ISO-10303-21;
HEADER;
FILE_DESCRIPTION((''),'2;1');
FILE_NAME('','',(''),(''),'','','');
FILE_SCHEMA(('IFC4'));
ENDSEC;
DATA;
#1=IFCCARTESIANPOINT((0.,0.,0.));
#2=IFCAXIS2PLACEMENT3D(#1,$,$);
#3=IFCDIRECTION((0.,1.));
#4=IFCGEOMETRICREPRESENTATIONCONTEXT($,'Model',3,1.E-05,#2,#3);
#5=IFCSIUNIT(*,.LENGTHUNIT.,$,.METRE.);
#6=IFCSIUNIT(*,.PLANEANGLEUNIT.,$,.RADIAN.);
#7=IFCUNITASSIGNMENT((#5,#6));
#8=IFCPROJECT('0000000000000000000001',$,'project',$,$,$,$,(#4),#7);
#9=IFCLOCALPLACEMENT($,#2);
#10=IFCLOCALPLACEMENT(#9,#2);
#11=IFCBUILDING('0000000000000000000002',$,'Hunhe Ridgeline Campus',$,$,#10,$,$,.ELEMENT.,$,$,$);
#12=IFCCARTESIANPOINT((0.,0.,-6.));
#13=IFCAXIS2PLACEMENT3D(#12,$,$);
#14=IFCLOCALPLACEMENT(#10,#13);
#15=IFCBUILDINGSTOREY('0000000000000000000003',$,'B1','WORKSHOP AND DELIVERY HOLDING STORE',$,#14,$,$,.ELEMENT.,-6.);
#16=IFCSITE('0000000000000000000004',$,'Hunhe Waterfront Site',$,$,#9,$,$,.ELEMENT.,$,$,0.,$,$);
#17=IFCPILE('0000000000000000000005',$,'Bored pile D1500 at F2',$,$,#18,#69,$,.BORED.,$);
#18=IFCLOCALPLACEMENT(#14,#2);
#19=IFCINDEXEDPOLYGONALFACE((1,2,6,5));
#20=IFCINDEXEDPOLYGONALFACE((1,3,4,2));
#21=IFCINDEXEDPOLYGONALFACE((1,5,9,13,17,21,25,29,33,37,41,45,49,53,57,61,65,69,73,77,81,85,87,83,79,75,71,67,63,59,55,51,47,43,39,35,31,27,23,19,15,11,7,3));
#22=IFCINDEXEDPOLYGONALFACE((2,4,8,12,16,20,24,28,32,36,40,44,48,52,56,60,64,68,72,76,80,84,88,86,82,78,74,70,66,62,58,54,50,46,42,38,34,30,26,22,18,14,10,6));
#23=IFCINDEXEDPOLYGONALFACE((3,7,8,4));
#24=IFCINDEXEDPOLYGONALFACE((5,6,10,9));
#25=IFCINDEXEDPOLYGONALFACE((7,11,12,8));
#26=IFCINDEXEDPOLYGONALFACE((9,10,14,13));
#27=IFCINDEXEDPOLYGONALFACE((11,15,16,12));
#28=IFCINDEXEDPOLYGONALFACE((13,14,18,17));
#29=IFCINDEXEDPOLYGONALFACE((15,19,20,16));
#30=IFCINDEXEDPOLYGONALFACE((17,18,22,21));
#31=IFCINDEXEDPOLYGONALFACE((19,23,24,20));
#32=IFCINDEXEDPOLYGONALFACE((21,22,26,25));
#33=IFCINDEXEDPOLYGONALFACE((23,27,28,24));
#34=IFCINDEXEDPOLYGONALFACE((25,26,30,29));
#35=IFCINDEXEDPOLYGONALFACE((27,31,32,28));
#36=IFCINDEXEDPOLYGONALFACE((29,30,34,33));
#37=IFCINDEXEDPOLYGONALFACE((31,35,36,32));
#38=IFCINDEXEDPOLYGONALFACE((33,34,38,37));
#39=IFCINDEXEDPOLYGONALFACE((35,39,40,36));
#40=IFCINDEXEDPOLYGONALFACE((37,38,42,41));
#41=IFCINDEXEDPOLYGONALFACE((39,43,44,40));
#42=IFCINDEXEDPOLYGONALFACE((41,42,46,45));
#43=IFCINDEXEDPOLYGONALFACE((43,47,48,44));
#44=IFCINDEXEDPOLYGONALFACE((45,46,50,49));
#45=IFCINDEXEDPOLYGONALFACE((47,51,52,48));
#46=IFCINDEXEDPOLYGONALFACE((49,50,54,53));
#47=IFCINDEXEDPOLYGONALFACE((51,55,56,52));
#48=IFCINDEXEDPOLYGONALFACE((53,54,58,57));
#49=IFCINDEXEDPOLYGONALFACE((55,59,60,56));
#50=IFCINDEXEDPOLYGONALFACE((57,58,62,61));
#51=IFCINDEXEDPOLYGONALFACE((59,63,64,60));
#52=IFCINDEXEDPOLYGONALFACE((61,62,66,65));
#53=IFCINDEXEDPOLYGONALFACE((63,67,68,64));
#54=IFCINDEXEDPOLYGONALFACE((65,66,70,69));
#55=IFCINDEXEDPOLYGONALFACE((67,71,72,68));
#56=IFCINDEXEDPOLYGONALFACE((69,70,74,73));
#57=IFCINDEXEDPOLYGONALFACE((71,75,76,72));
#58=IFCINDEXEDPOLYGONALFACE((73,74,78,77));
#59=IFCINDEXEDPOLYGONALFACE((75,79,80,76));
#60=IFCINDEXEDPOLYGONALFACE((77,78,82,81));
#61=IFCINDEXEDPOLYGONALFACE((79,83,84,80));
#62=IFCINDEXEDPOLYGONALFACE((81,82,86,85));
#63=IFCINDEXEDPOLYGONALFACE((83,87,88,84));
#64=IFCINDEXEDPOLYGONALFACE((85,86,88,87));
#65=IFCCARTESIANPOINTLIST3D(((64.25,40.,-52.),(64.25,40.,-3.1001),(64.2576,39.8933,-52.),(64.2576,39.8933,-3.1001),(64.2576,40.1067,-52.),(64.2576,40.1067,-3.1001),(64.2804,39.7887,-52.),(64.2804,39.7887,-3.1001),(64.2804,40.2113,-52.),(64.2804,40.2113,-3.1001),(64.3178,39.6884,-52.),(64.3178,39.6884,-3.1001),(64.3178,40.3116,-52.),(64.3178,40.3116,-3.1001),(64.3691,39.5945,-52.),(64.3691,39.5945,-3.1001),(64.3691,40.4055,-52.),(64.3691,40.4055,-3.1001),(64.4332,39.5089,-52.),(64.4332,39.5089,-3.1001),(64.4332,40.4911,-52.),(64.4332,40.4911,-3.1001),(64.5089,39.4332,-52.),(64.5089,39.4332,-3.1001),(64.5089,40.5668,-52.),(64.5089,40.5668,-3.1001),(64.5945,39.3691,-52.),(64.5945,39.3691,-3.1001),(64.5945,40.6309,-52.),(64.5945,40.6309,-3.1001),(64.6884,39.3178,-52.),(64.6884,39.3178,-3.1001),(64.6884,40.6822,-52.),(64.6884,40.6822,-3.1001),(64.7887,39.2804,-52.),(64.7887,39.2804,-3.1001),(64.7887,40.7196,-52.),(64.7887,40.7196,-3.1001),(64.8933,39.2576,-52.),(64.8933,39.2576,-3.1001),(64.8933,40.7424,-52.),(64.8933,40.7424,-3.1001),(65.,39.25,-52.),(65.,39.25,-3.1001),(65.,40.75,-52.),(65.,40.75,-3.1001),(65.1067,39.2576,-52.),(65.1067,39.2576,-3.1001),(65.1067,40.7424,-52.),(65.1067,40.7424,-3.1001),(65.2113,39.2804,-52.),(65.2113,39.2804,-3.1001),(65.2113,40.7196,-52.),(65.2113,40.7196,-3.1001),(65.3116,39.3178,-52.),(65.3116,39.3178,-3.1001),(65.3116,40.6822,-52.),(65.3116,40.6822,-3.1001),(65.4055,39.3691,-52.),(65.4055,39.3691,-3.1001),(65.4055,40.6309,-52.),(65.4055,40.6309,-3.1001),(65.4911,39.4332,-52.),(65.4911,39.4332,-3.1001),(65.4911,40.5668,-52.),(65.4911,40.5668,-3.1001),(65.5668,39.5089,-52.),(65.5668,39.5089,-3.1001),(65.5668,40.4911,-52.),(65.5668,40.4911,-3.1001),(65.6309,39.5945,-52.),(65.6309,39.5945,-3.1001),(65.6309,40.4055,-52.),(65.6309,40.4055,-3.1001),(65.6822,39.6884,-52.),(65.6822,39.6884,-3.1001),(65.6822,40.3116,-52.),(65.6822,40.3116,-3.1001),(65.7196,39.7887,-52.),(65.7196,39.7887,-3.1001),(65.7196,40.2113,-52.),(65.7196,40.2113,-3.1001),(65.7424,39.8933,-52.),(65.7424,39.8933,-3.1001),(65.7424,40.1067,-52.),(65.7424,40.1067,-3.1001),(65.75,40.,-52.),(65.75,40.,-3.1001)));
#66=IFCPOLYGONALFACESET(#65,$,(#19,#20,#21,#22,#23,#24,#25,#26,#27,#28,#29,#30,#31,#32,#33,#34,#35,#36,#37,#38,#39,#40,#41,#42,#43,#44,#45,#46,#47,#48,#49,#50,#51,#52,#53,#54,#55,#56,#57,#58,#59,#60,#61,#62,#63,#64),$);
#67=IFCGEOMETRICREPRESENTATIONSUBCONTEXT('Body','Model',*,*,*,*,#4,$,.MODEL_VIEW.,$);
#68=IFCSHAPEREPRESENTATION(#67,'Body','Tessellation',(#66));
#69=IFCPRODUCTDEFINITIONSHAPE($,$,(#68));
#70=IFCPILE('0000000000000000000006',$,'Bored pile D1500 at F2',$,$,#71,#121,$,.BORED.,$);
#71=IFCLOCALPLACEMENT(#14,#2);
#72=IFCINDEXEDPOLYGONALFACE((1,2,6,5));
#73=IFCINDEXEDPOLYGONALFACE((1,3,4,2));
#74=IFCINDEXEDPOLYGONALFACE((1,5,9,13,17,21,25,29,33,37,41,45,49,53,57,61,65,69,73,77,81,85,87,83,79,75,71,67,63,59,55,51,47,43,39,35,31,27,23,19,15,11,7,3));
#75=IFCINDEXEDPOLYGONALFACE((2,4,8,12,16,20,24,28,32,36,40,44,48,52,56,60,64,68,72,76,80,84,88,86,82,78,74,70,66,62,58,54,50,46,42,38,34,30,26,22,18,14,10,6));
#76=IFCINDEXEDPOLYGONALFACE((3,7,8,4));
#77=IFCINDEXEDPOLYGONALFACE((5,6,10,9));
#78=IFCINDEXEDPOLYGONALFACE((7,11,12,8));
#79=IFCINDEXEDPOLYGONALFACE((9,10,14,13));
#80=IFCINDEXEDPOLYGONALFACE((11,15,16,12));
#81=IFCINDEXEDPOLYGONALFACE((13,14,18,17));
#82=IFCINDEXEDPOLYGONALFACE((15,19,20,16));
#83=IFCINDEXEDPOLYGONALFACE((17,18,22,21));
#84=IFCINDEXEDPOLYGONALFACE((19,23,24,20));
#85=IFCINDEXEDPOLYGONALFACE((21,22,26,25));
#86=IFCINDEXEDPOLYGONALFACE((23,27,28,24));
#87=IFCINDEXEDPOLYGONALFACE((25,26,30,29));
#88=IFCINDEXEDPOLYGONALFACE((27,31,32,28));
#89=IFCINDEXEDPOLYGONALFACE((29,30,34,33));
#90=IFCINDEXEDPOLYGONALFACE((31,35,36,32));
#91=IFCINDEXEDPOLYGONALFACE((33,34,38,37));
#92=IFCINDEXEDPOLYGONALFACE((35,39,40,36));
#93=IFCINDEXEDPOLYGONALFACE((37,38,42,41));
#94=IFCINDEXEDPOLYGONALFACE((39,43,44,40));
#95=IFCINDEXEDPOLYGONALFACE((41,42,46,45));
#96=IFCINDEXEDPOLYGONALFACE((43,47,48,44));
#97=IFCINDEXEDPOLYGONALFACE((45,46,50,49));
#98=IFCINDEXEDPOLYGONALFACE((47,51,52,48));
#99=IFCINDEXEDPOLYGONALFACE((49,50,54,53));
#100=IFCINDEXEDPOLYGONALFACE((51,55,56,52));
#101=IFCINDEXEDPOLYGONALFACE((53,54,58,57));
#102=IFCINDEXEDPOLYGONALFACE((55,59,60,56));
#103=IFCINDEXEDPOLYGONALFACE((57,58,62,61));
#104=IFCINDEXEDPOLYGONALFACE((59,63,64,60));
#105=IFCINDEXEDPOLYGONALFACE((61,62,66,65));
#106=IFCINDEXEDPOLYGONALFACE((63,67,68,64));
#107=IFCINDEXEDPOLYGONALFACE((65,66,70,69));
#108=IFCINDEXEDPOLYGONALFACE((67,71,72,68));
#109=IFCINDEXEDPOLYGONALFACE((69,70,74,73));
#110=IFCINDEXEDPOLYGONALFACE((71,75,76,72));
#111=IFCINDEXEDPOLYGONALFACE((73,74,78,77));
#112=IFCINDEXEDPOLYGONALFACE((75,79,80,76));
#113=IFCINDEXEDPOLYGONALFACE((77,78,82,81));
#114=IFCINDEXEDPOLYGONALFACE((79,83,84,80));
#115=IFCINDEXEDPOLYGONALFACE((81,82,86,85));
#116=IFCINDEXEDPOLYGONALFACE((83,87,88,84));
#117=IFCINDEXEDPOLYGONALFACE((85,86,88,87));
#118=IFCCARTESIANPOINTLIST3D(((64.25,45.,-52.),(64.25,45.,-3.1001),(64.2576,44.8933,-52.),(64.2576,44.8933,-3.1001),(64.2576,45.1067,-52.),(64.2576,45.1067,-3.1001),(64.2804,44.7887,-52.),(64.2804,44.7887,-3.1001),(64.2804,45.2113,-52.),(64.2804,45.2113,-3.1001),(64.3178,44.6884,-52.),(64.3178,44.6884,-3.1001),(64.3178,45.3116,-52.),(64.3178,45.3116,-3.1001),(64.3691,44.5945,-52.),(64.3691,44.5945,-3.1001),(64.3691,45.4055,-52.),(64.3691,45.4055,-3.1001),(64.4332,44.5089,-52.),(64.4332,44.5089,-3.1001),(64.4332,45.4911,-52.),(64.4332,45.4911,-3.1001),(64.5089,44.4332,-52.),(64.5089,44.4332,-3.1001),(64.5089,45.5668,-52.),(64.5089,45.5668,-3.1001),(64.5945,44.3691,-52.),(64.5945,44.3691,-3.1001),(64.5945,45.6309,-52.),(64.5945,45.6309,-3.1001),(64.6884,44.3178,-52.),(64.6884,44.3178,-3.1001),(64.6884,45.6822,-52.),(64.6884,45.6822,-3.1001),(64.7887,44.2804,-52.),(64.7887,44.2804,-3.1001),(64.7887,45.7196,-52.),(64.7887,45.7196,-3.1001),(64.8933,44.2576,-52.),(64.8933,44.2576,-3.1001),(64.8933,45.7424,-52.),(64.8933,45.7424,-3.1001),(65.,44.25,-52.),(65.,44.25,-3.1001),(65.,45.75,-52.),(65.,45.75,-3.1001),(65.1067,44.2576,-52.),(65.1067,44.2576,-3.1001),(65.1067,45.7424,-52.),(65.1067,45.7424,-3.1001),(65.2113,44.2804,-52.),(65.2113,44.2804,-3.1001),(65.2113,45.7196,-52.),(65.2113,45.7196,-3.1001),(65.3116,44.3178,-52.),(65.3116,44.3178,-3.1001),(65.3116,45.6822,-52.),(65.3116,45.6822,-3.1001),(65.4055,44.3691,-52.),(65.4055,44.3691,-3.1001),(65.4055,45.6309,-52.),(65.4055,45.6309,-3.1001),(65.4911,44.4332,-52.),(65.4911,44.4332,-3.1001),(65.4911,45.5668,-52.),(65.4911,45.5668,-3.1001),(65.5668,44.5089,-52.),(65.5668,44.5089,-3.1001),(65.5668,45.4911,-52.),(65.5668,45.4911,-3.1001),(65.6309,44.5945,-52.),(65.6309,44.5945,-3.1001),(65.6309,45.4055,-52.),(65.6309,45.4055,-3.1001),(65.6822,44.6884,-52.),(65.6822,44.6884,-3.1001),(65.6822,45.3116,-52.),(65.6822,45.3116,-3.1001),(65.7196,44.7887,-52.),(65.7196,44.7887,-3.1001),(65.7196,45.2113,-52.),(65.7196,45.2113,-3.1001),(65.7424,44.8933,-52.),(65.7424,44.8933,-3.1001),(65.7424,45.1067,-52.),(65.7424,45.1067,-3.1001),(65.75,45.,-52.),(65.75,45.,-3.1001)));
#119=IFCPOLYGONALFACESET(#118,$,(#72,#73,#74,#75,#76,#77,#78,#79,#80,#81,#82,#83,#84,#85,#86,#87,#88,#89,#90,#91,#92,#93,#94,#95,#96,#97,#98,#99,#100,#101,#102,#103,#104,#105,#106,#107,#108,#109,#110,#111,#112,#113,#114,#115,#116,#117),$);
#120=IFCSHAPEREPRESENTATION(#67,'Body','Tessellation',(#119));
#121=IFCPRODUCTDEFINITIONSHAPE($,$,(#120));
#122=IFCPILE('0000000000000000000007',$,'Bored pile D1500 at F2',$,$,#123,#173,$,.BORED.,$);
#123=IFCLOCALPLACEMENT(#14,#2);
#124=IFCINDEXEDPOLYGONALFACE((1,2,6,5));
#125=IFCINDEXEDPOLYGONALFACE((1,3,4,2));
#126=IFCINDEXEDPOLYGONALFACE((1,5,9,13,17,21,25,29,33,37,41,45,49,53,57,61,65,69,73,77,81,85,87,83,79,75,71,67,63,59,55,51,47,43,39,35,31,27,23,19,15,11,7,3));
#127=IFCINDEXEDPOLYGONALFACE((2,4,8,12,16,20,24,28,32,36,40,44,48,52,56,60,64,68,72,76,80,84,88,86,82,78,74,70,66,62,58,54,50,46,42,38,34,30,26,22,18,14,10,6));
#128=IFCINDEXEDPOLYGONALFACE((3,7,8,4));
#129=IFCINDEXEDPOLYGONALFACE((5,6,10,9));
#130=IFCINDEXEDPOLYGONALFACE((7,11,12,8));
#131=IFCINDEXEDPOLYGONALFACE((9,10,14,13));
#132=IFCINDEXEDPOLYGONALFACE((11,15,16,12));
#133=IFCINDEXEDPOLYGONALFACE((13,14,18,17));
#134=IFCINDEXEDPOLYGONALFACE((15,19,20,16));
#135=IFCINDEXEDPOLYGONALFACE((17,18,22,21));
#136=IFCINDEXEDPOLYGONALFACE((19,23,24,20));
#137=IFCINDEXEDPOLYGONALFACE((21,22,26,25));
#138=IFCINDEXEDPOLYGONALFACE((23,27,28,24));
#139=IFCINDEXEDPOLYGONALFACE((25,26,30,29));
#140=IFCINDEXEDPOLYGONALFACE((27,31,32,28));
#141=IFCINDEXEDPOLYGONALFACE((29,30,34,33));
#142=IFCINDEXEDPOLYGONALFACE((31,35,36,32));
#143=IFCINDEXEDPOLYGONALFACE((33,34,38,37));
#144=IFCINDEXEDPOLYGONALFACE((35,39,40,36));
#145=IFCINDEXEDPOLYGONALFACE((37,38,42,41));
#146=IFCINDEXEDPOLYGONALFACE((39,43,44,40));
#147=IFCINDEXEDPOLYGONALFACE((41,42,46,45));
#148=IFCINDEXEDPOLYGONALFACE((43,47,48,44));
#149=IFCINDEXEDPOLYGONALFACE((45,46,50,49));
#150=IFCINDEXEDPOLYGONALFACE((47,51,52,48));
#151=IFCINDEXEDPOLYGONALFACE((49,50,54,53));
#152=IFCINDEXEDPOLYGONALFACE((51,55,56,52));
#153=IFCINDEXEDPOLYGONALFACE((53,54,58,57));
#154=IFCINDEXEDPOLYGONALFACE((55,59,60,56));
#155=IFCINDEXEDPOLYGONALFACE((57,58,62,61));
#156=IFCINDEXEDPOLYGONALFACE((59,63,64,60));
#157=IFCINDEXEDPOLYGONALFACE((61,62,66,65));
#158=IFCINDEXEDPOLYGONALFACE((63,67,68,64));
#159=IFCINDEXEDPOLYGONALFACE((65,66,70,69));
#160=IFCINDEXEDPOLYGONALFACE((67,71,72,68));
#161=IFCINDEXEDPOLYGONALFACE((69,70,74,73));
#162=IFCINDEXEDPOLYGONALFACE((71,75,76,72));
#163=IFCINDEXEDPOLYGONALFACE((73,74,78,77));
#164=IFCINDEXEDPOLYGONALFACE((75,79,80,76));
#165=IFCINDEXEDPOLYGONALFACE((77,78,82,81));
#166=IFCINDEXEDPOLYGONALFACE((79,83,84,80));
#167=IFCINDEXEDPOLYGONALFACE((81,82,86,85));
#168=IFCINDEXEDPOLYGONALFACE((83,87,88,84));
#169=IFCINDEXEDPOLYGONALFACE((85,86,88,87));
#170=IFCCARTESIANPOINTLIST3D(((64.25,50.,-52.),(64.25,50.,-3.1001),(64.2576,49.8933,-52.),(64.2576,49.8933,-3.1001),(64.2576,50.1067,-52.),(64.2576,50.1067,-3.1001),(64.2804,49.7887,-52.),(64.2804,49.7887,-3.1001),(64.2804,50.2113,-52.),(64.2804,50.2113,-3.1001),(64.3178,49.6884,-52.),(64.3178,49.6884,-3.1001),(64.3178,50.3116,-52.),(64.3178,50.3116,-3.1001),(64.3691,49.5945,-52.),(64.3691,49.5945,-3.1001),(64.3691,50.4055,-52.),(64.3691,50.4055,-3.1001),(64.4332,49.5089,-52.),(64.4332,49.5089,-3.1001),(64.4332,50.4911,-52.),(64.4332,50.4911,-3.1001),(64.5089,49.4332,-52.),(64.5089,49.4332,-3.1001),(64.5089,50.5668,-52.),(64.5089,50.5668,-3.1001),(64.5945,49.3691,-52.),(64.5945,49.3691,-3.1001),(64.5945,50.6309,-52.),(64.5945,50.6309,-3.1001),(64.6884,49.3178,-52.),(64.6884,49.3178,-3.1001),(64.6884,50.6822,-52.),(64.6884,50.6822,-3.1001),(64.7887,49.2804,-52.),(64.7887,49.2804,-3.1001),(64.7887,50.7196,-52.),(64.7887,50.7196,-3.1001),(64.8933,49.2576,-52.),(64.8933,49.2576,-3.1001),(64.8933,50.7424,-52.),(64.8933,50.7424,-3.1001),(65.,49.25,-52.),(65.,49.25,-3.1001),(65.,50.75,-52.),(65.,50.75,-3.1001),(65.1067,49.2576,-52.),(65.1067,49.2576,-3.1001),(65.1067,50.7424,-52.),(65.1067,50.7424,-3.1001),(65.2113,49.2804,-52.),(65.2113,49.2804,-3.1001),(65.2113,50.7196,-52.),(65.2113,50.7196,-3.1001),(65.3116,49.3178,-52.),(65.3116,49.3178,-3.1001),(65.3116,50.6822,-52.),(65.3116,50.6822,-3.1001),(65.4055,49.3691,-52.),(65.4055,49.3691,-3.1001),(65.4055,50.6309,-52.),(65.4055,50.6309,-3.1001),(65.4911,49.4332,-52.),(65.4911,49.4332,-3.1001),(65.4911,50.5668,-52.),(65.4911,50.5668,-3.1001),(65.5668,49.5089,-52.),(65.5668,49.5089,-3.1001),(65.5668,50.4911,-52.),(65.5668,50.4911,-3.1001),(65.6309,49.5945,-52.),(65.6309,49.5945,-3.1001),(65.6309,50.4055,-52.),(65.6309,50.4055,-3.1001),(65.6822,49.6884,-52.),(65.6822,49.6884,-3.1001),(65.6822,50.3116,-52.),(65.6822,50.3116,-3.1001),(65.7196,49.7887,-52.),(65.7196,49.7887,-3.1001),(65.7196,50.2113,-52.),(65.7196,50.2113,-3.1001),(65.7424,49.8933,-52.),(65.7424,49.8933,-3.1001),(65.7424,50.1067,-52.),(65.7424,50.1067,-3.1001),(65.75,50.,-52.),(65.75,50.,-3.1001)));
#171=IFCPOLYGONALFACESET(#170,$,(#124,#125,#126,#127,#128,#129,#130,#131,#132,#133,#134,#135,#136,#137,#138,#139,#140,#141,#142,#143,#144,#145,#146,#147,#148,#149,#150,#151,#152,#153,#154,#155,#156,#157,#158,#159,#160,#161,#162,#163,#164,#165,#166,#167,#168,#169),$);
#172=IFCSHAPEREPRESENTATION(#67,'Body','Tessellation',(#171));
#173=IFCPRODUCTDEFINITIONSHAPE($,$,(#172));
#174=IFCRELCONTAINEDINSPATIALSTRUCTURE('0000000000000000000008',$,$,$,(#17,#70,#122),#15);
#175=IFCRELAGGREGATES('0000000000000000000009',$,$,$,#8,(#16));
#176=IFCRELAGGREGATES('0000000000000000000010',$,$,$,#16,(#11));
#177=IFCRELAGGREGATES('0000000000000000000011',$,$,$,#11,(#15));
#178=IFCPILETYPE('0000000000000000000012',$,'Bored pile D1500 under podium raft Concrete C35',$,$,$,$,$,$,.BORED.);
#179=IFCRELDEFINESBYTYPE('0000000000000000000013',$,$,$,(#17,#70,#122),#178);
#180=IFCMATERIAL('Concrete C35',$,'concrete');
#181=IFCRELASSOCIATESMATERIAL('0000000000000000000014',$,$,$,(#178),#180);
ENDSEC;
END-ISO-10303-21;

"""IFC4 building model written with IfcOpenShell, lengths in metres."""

from ifc_helpers import new_model, si_unit, direction, frame, origin, origin_2d, place, context, subcontext, project, spatial, circle, extrude, material, material_profile, profile_set, type_object, element, save


model = new_model("IFC4")

# Units and contexts
model_context = context("Model", 3, precision=1e-05, world=origin(), true_north=direction((0.0, 1.0)))
body_context = subcontext(model_context, "Body", "Model", "MODEL_VIEW")
ifc_project = project(units=[si_unit("LENGTHUNIT", "METRE"), si_unit("PLANEANGLEUNIT", "RADIAN")], contexts=[model_context])

# Site, building, storey
site_placement = place(None, origin())
site = spatial("IfcSite", under=ifc_project, at=site_placement, Name="Hunhe Waterfront Site", CompositionType="ELEMENT", RefElevation=0.0)
building_placement = place(site_placement, origin())
building = spatial("IfcBuilding", under=site, at=building_placement, Name="Hunhe Ridgeline Campus", CompositionType="ELEMENT")
storey_placement = place(building_placement, frame((0.0, 0.0, -6.0)))
storey = spatial("IfcBuildingStorey", under=building, at=storey_placement, Name="B1", Description="WORKSHOP AND DELIVERY HOLDING STORE", CompositionType="ELEMENT", Elevation=-6.0)

# Piles
ifc_material_1 = material(Name="Concrete C35", Category="concrete")
ifc_material_profile_1 = material_profile(ifc_material_1, circle(Radius=0.75, at=origin_2d()))
ifc_profile_set_1 = profile_set([ifc_material_profile_1], Name="Concrete C35")
pile_type_1 = type_object("IfcPileType", Name="Bored pile D1500 under podium raft Concrete C35", PredefinedType="BORED", material=ifc_profile_set_1)
for number, where, z_axis, x_axis, name in (
    (1, (65.0, 40.0, -3.1001), (0.0, 0.0, -1.0), (1.0, 0.0, 0.0), "Bored pile D1500 at F2"),
    (2, (65.0, 45.0, -3.1001), (0.0, 0.0, -1.0), (1.0, 0.0, 0.0), "Bored pile D1500 at F2"),
    (3, (65.0, 50.0, -3.1001), (0.0, 0.0, -1.0), (1.0, 0.0, 0.0), "Bored pile D1500 at F2"),
):
    element("IfcPile", number, at=place(storey_placement, frame(where, z_axis=z_axis, x_axis=x_axis)), inside=storey, type_object=pile_type_1, Name=name, PredefinedType="BORED", context=body_context, shape_type="SweptSolid", body=[
        extrude(circle(Radius=0.75, at=origin_2d()), origin(), (0.0, 0.0, 1.0), 48.8999),
    ])

save(model, "model.ifc")
